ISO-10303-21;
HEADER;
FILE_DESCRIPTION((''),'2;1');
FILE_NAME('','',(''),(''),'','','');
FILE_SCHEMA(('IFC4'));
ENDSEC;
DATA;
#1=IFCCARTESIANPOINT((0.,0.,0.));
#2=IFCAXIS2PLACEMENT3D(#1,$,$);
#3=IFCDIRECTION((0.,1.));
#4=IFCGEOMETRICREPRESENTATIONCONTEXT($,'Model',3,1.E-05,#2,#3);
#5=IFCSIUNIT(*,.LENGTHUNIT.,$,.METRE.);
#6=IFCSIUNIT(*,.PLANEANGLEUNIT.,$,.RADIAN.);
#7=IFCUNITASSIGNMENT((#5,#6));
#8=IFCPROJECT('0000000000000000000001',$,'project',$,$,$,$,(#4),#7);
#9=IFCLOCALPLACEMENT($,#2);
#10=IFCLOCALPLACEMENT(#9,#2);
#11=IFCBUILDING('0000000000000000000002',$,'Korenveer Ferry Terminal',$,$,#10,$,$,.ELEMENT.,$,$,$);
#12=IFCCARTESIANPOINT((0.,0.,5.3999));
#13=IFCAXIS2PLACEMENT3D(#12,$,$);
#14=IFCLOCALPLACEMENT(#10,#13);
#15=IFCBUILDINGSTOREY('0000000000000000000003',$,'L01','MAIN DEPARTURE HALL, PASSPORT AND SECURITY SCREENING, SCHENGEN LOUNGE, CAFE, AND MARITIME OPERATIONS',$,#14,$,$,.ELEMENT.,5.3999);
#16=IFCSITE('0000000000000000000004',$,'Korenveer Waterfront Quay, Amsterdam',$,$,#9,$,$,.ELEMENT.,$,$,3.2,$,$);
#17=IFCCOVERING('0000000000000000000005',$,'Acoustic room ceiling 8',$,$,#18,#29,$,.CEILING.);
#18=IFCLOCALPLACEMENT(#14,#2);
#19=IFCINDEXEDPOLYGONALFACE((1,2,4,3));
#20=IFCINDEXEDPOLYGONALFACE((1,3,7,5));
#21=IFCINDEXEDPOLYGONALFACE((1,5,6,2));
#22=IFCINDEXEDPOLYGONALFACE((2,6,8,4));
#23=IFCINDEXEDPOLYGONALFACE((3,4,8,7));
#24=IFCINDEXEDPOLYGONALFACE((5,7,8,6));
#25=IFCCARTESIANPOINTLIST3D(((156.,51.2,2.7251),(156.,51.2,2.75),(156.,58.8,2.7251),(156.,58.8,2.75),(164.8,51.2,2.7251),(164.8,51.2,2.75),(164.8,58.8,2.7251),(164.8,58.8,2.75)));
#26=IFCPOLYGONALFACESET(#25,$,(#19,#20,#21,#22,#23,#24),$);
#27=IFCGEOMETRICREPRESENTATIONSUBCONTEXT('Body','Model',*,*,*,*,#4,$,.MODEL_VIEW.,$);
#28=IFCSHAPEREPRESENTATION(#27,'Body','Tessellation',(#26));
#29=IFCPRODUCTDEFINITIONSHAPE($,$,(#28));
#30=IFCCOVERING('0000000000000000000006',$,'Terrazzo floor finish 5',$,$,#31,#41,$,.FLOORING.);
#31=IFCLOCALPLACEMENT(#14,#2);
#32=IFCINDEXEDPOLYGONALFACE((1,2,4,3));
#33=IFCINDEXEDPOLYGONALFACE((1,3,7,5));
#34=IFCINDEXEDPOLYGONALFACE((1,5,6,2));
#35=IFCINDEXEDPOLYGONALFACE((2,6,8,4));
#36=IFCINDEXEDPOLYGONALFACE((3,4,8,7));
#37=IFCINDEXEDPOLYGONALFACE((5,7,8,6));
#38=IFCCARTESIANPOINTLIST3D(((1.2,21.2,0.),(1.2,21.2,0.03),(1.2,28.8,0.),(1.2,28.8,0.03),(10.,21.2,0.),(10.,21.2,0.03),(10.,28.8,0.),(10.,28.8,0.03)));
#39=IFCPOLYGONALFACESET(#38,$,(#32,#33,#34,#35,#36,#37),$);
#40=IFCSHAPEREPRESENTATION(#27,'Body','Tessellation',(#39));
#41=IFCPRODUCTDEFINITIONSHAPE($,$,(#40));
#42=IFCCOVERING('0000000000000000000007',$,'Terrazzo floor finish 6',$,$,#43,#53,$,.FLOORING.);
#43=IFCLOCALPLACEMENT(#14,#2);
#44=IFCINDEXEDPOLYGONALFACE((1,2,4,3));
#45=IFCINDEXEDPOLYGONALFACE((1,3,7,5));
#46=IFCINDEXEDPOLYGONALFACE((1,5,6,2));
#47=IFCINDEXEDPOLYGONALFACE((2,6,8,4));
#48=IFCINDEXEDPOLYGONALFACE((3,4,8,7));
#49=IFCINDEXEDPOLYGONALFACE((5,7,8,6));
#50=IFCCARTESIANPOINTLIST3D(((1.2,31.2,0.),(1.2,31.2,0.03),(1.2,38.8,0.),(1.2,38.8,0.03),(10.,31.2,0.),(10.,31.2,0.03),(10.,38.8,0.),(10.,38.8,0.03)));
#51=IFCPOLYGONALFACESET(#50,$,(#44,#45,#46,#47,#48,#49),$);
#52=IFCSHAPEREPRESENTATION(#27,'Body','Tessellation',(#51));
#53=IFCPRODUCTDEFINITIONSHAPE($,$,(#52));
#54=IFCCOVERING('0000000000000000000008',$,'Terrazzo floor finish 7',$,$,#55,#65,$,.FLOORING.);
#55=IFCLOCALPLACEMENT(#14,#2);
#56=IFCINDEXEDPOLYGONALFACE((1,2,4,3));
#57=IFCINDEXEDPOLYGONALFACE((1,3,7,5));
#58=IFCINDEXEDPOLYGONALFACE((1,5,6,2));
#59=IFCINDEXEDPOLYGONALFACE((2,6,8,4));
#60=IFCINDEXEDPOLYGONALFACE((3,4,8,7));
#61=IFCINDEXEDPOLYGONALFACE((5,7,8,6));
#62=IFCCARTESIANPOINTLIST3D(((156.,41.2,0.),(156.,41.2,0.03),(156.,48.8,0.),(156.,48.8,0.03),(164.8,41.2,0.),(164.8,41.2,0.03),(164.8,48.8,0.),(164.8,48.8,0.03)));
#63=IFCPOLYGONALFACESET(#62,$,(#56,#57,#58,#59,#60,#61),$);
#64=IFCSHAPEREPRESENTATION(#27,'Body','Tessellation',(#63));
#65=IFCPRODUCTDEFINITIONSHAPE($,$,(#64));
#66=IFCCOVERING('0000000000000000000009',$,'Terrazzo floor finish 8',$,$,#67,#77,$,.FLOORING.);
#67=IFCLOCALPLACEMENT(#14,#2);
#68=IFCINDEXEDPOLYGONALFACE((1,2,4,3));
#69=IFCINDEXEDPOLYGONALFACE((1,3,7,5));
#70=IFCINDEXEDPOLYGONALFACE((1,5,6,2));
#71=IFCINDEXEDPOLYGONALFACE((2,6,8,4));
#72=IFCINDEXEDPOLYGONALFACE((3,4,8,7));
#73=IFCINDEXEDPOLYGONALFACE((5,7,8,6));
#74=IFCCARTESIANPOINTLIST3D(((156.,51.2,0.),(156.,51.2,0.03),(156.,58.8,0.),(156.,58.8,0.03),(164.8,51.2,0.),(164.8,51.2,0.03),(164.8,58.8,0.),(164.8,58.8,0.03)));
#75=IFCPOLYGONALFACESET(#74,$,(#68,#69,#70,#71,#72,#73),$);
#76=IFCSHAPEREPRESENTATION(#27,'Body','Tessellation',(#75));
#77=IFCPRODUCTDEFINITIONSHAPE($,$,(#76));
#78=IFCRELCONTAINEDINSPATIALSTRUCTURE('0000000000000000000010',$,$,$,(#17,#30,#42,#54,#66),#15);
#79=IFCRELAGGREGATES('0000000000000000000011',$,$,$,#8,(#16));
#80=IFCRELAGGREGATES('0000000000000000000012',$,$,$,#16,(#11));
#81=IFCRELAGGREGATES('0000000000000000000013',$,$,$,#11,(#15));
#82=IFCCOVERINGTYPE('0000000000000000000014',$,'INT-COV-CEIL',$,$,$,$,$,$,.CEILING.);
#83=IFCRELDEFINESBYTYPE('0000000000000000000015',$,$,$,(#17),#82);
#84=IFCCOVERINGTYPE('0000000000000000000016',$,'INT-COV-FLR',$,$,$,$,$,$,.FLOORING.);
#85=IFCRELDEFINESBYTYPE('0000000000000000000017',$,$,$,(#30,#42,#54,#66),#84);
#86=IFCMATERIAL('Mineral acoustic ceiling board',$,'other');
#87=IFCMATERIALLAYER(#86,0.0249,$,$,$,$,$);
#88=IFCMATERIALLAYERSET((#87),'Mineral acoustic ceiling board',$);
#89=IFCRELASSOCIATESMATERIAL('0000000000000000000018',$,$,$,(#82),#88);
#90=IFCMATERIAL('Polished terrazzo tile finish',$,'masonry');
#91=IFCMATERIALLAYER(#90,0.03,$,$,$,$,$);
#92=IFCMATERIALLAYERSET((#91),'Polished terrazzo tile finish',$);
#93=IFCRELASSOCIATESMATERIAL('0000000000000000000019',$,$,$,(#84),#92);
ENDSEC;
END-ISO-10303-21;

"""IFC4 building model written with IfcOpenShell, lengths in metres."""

from ifc_helpers import new_model, si_unit, direction, frame, origin, place, context, subcontext, project, spatial, polyline, outline, extrude, material, layer, layer_set, type_object, element, save


model = new_model("IFC4")

# Units and contexts
model_context = context("Model", 3, precision=1e-05, world=origin(), true_north=direction((0.0, 1.0)))
body_context = subcontext(model_context, "Body", "Model", "MODEL_VIEW")
ifc_project = project(units=[si_unit("LENGTHUNIT", "METRE"), si_unit("PLANEANGLEUNIT", "RADIAN")], contexts=[model_context])

# Site, building, storey
site_placement = place(None, origin())
site = spatial("IfcSite", under=ifc_project, at=site_placement, Name="Korenveer Waterfront Quay, Amsterdam", CompositionType="ELEMENT", RefElevation=3.2)
building_placement = place(site_placement, origin())
building = spatial("IfcBuilding", under=site, at=building_placement, Name="Korenveer Ferry Terminal", CompositionType="ELEMENT")
storey_placement = place(building_placement, frame((0.0, 0.0, 5.3999)))
storey = spatial("IfcBuildingStorey", under=building, at=storey_placement, Name="L01", Description="MAIN DEPARTURE HALL, PASSPORT AND SECURITY SCREENING, SCHENGEN LOUNGE, CAFE, AND MARITIME OPERATIONS", CompositionType="ELEMENT", Elevation=5.3999)

# Coverings
ifc_material_1 = material(Name="Mineral acoustic ceiling board", Category="other")
ifc_layer_1 = layer(ifc_material_1, 0.0249)
ifc_layer_set_1 = layer_set([ifc_layer_1], Name="Mineral acoustic ceiling board")
covering_type_1 = type_object("IfcCoveringType", Name="INT-COV-CEIL", PredefinedType="CEILING", material=ifc_layer_set_1)
covering_1_placement = place(storey_placement, frame((0.0, 0.0, 2.7251)))
element("IfcCovering", 1, at=covering_1_placement, inside=storey, type_object=covering_type_1, Name="Acoustic room ceiling 8", PredefinedType="CEILING", context=body_context, shape_type="SweptSolid", body=[
    extrude(outline(polyline([(156.0, 51.2), (164.8, 51.2), (164.8, 58.8), (156.0, 58.8), (156.0, 51.2)])), origin(), (0.0, 0.0, 1.0), 0.0249),
])
ifc_material_2 = material(Name="Polished terrazzo tile finish", Category="masonry")
ifc_layer_2 = layer(ifc_material_2, 0.03)
ifc_layer_set_2 = layer_set([ifc_layer_2], Name="Polished terrazzo tile finish")
covering_type_2 = type_object("IfcCoveringType", Name="INT-COV-FLR", PredefinedType="FLOORING", material=ifc_layer_set_2)
covering_2_placement = place(storey_placement, origin())
element("IfcCovering", 2, at=covering_2_placement, inside=storey, type_object=covering_type_2, Name="Terrazzo floor finish 5", PredefinedType="FLOORING", context=body_context, shape_type="SweptSolid", body=[
    extrude(outline(polyline([(1.2, 21.2), (10.0, 21.2), (10.0, 28.8), (1.2, 28.8), (1.2, 21.2)])), origin(), (0.0, 0.0, 1.0), 0.03),
])
covering_3_placement = place(storey_placement, origin())
element("IfcCovering", 3, at=covering_3_placement, inside=storey, type_object=covering_type_2, Name="Terrazzo floor finish 6", PredefinedType="FLOORING", context=body_context, shape_type="SweptSolid", body=[
    extrude(outline(polyline([(1.2, 31.2), (10.0, 31.2), (10.0, 38.8), (1.2, 38.8), (1.2, 31.2)])), origin(), (0.0, 0.0, 1.0), 0.03),
])
covering_4_placement = place(storey_placement, origin())
element("IfcCovering", 4, at=covering_4_placement, inside=storey, type_object=covering_type_2, Name="Terrazzo floor finish 7", PredefinedType="FLOORING", context=body_context, shape_type="SweptSolid", body=[
    extrude(outline(polyline([(156.0, 41.2), (164.8, 41.2), (164.8, 48.8), (156.0, 48.8), (156.0, 41.2)])), origin(), (0.0, 0.0, 1.0), 0.03),
])
covering_5_placement = place(storey_placement, origin())
element("IfcCovering", 5, at=covering_5_placement, inside=storey, type_object=covering_type_2, Name="Terrazzo floor finish 8", PredefinedType="FLOORING", context=body_context, shape_type="SweptSolid", body=[
    extrude(outline(polyline([(156.0, 51.2), (164.8, 51.2), (164.8, 58.8), (156.0, 58.8), (156.0, 51.2)])), origin(), (0.0, 0.0, 1.0), 0.03),
])

save(model, "model.ifc")
